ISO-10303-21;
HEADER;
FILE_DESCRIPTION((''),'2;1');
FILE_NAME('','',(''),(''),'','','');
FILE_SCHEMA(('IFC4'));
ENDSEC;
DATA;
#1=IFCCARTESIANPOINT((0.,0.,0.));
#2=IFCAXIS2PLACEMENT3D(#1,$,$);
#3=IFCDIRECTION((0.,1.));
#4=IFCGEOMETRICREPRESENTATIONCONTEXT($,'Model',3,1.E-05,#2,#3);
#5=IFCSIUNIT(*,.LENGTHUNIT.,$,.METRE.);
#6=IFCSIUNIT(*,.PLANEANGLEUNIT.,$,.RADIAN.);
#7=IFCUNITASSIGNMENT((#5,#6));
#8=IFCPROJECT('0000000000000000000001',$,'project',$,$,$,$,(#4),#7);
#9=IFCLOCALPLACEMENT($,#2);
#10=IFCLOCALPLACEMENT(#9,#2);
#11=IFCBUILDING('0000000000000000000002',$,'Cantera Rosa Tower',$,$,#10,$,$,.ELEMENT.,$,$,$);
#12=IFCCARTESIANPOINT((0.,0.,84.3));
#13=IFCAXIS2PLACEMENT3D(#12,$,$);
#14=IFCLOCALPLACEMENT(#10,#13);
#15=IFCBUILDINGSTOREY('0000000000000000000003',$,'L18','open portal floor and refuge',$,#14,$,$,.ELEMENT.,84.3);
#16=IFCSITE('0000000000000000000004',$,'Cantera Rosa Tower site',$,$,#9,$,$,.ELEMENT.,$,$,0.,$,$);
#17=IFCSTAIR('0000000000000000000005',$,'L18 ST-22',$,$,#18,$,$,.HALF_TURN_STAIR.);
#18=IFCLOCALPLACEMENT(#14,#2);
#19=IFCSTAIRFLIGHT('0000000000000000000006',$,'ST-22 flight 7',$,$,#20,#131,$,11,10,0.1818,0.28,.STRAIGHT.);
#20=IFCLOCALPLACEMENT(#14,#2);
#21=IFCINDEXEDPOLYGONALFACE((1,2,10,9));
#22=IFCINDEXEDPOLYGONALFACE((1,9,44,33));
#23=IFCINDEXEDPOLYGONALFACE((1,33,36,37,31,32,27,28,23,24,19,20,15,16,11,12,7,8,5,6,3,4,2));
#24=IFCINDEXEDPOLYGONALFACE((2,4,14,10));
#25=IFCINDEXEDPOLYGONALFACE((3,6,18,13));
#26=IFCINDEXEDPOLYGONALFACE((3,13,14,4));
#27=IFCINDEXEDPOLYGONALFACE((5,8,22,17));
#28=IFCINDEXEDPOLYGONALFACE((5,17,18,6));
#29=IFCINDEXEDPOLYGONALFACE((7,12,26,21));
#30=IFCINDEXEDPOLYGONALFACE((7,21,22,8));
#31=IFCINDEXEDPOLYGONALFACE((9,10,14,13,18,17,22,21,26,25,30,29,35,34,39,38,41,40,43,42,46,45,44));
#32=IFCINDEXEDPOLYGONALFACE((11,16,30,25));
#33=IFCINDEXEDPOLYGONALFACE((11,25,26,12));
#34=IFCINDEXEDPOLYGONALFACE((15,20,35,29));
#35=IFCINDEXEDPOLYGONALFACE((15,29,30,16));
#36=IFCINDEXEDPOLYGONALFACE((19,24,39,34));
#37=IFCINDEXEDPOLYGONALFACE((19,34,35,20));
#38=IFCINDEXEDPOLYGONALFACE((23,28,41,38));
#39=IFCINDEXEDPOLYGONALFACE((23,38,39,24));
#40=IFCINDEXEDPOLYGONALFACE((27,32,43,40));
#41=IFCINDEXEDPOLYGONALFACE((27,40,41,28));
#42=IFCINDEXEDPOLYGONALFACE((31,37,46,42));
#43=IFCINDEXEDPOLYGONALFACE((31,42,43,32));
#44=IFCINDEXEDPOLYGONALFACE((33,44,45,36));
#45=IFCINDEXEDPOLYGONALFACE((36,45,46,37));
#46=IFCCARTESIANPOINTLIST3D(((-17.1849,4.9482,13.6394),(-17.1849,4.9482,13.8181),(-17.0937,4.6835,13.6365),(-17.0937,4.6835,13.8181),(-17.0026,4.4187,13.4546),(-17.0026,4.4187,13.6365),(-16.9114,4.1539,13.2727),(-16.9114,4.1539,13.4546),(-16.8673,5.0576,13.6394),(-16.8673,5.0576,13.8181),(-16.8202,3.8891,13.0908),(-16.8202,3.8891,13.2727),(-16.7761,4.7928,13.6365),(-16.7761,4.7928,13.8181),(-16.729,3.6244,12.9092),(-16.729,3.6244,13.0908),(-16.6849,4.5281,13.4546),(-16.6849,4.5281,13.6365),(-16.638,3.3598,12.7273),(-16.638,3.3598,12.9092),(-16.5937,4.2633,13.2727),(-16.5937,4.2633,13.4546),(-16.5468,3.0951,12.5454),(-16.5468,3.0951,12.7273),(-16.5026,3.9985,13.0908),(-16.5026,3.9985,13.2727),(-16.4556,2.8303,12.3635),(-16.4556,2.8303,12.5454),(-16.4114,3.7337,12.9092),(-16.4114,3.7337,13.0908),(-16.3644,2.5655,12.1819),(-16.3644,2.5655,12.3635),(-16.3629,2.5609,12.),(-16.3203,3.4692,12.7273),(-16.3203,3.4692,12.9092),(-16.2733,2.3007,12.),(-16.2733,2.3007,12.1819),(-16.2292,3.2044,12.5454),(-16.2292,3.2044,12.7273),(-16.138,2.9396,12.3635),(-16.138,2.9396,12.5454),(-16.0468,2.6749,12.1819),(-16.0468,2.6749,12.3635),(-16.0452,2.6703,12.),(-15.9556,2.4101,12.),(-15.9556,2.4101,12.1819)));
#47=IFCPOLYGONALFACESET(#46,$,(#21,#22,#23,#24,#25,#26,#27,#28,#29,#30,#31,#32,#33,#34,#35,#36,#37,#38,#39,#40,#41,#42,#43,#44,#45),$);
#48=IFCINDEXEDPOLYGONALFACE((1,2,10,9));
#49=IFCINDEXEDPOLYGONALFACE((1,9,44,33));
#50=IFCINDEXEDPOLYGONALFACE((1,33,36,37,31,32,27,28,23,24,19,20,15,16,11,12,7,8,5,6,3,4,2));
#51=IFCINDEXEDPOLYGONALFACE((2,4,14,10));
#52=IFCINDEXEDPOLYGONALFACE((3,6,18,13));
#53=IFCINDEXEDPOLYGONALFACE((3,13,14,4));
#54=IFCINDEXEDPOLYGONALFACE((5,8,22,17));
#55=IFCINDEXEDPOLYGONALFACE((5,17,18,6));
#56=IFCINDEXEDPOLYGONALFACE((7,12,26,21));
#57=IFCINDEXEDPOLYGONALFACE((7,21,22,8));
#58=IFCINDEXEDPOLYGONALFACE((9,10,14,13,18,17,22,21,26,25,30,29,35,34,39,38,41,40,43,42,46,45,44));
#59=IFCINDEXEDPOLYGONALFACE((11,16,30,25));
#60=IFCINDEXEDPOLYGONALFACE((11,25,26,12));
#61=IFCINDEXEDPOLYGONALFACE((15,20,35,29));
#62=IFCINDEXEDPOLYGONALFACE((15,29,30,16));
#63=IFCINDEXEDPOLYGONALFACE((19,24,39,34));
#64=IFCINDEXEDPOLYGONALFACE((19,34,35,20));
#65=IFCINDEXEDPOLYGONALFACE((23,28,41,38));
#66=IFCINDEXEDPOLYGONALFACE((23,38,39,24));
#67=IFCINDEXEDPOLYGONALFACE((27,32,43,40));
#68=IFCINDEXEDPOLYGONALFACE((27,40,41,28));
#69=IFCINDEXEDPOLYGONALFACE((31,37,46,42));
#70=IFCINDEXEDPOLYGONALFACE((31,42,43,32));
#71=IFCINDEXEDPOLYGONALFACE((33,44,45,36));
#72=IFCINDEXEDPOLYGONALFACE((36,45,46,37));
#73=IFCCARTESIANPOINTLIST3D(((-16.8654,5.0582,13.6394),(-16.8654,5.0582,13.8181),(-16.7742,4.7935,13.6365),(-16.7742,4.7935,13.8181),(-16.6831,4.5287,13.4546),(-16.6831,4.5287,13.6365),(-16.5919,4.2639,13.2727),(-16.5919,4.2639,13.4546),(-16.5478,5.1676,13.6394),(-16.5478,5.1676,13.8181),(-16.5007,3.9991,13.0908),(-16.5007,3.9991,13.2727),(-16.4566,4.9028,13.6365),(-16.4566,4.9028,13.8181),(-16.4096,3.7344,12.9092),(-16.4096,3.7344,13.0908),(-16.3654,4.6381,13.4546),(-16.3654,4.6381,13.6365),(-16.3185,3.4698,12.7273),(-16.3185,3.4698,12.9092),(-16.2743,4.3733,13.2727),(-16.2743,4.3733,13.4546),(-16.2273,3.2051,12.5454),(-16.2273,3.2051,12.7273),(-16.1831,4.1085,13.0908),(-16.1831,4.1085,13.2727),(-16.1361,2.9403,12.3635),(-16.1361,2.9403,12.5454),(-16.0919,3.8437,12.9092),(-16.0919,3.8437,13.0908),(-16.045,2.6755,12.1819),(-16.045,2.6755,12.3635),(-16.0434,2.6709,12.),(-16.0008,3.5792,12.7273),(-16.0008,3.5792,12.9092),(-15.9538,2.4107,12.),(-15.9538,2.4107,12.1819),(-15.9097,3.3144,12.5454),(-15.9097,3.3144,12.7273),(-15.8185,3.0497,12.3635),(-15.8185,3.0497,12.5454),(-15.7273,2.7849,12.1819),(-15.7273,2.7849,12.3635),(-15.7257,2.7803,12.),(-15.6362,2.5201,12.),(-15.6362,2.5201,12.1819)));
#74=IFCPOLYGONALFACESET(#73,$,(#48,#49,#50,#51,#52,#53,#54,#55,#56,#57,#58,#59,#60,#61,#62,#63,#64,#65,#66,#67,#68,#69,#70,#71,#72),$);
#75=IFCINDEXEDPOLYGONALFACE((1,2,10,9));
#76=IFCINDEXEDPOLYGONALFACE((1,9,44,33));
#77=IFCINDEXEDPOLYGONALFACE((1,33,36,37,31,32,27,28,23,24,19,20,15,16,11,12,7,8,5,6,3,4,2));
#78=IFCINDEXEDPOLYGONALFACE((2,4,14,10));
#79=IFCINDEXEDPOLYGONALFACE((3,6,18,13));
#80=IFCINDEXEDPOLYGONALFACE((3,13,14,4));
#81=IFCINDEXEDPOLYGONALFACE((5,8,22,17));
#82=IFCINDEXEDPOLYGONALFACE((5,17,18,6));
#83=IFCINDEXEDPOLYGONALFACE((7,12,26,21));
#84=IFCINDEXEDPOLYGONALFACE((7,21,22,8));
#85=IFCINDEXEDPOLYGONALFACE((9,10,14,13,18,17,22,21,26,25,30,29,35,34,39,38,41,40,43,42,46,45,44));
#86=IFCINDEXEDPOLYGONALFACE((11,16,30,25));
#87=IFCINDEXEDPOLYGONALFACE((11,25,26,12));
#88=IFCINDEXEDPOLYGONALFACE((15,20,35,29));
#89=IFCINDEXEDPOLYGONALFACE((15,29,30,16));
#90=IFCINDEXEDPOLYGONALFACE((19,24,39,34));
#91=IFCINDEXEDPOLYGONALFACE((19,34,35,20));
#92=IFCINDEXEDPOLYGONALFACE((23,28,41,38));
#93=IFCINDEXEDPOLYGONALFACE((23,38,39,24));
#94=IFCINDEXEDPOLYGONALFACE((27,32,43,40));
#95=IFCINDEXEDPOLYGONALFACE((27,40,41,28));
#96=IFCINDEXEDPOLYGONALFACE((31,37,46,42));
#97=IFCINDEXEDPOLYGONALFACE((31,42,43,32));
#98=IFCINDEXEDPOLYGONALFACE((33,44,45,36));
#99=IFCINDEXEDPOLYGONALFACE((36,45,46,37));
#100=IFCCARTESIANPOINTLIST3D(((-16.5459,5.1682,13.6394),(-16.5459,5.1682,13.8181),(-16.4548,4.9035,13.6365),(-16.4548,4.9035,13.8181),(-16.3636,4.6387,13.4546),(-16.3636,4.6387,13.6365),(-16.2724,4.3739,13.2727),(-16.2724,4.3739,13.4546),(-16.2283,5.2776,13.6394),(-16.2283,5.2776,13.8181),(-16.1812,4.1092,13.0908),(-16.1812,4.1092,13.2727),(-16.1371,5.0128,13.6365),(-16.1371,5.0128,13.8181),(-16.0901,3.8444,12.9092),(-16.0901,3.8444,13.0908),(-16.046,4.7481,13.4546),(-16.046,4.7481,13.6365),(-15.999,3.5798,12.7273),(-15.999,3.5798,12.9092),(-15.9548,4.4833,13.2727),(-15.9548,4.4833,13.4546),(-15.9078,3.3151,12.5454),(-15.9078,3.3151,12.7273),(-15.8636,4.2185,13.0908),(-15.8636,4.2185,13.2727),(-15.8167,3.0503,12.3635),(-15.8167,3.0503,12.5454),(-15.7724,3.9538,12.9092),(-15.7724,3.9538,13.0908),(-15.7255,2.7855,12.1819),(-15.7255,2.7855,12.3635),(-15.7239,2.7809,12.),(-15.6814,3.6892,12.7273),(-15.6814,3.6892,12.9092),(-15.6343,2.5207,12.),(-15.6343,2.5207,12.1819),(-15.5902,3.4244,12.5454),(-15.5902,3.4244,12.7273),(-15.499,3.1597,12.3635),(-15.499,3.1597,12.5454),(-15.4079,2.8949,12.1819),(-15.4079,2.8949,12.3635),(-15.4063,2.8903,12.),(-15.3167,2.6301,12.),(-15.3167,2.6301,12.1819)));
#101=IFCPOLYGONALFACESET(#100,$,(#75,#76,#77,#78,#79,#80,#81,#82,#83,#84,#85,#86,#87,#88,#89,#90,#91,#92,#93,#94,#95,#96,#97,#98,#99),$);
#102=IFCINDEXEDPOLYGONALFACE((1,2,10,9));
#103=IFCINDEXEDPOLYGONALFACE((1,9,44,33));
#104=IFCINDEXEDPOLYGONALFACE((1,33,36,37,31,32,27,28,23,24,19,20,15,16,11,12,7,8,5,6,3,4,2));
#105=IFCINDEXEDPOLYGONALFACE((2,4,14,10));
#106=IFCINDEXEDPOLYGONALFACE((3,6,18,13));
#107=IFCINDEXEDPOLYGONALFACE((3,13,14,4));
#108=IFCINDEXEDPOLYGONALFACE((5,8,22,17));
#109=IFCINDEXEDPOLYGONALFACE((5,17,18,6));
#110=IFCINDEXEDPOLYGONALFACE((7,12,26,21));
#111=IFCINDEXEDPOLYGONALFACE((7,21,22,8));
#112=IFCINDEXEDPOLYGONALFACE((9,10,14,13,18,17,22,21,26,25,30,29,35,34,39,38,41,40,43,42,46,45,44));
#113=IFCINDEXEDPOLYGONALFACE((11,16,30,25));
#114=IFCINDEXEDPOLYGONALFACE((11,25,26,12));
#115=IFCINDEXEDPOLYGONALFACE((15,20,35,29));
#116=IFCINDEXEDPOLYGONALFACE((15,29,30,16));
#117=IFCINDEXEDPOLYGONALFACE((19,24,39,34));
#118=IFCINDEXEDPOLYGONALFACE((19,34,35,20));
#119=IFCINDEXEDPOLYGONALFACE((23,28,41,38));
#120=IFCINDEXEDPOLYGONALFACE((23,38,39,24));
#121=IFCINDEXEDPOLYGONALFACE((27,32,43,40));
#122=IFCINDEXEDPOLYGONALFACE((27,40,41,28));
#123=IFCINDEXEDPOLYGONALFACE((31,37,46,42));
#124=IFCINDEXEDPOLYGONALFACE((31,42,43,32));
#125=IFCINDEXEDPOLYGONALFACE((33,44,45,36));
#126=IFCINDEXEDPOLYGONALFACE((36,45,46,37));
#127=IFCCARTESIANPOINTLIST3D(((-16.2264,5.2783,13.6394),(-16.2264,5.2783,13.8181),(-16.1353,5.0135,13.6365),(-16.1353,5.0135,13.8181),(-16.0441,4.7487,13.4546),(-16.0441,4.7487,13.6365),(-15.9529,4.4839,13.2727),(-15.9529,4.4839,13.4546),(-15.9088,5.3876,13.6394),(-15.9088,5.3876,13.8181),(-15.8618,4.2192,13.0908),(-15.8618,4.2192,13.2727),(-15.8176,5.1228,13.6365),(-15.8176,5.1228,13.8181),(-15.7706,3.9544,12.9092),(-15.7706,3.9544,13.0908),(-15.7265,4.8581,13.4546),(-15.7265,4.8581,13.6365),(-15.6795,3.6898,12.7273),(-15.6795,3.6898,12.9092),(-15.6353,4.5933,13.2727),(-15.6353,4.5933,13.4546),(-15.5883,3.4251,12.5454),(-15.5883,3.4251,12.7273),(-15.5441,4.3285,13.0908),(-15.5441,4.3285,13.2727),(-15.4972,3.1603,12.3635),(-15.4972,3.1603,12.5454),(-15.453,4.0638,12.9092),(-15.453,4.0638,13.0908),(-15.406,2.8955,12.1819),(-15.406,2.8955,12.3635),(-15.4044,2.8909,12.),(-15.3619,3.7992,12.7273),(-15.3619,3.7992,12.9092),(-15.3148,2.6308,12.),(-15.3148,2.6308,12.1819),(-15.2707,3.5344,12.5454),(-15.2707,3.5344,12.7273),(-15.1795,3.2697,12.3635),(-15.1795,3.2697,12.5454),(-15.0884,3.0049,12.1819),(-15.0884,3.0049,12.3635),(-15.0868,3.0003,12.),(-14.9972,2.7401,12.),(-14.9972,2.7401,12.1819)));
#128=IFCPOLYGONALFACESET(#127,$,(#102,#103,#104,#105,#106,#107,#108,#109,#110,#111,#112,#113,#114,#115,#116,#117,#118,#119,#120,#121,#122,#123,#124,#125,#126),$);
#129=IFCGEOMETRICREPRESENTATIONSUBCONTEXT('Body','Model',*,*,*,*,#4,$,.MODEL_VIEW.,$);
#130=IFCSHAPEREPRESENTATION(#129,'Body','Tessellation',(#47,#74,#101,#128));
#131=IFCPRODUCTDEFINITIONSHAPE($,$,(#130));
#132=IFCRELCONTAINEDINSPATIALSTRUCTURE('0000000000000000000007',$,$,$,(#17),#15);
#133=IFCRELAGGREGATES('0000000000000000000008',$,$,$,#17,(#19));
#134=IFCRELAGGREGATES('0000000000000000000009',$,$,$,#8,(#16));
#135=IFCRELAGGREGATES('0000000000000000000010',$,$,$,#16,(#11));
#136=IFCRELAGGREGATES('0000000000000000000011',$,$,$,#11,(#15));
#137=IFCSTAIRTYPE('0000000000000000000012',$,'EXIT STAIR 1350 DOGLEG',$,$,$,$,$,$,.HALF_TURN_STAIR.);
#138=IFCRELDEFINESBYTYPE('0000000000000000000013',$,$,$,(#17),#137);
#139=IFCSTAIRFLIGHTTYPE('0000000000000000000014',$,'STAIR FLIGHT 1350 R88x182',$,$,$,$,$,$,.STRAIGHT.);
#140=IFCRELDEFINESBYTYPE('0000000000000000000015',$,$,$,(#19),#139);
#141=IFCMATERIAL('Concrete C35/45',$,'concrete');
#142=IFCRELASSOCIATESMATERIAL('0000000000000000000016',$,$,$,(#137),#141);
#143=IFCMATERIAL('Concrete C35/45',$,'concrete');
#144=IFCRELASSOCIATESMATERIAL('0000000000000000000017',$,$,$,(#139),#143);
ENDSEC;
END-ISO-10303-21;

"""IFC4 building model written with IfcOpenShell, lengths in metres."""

from ifc_helpers import new_model, si_unit, direction, frame, origin, place, context, subcontext, project, spatial, polyline, outline, extrude, material, type_object, element, aggregate, save


model = new_model("IFC4")

# Units and contexts
model_context = context("Model", 3, precision=1e-05, world=origin(), true_north=direction((0.0, 1.0)))
body_context = subcontext(model_context, "Body", "Model", "MODEL_VIEW")
ifc_project = project(units=[si_unit("LENGTHUNIT", "METRE"), si_unit("PLANEANGLEUNIT", "RADIAN")], contexts=[model_context])

# Site, building, storey
site_placement = place(None, origin())
site = spatial("IfcSite", under=ifc_project, at=site_placement, Name="Cantera Rosa Tower site", CompositionType="ELEMENT", RefElevation=0.0)
building_placement = place(site_placement, origin())
building = spatial("IfcBuilding", under=site, at=building_placement, Name="Cantera Rosa Tower", CompositionType="ELEMENT")
storey_placement = place(building_placement, frame((0.0, 0.0, 84.3)))
storey = spatial("IfcBuildingStorey", under=building, at=storey_placement, Name="L18", Description="open portal floor and refuge", CompositionType="ELEMENT", Elevation=84.3)

# Stair
ifc_material_1 = material(Name="Concrete C35/45", Category="concrete")
stair_type = type_object("IfcStairType", Name="EXIT STAIR 1350 DOGLEG", PredefinedType="HALF_TURN_STAIR", material=ifc_material_1)
stair_placement = place(storey_placement, origin())
stair = element("IfcStair", 1, at=stair_placement, inside=storey, type_object=stair_type, Name="L18 ST-22", PredefinedType="HALF_TURN_STAIR")

# Stair flight
ifc_material_2 = material(Name="Concrete C35/45", Category="concrete")
stair_flight_type = type_object("IfcStairFlightType", Name="STAIR FLIGHT 1350 R88x182", PredefinedType="STRAIGHT", material=ifc_material_2)
stair_flight_1_placement = place(storey_placement, frame((-15.635, 2.5205, 12.0), z_axis=(0.0, 0.0, 1.0), x_axis=(-0.325568, 0.945519, 0.0)))
stair_flight_1 = element("IfcStairFlight", 2, at=stair_flight_1_placement, type_object=stair_flight_type, Name="ST-22 flight 7", NumberOfRisers=11, NumberOfTreads=10, PredefinedType="STRAIGHT", RiserHeight=0.1818, TreadLength=0.28, context=body_context, shape_type="SweptSolid", body=[
    extrude(outline(polyline([(0.0, 0.0), (0.0, 0.1819), (0.28, 0.1819), (0.28, 0.3635), (0.5601, 0.3635), (0.5601, 0.5454), (0.8401, 0.5454), (0.8401, 0.7273), (1.1201, 0.7273), (1.1201, 0.9092), (1.3999, 0.9092), (1.3999, 1.0908), (1.6799, 1.0908), (1.6799, 1.2727), (1.96, 1.2727), (1.96, 1.4546), (2.24, 1.4546), (2.24, 1.6365), (2.52, 1.6365), (2.52, 1.8181), (2.8, 1.8181), (2.8, 2.0), (2.8, 1.6394), (0.2751, 0.0), (0.0, 0.0)])), frame((0.0, 0.675, 0.0), z_axis=(0.0, -1.0, 0.0), x_axis=(1.0, 0.0, 0.0)), (0.0, 0.0, 1.0), 0.3359),
    extrude(outline(polyline([(0.0, 0.0), (0.0, 0.1819), (0.28, 0.1819), (0.28, 0.3635), (0.5601, 0.3635), (0.5601, 0.5454), (0.8401, 0.5454), (0.8401, 0.7273), (1.1201, 0.7273), (1.1201, 0.9092), (1.3999, 0.9092), (1.3999, 1.0908), (1.6799, 1.0908), (1.6799, 1.2727), (1.96, 1.2727), (1.96, 1.4546), (2.24, 1.4546), (2.24, 1.6365), (2.52, 1.6365), (2.52, 1.8181), (2.8, 1.8181), (2.8, 2.0), (2.8, 1.6394), (0.2751, 0.0), (0.0, 0.0)])), frame((0.0, 0.3372, 0.0), z_axis=(0.0, -1.0, 0.0), x_axis=(1.0, 0.0, 0.0)), (0.0, 0.0, 1.0), 0.3359),
    extrude(outline(polyline([(0.0, 0.0), (0.0, 0.1819), (0.28, 0.1819), (0.28, 0.3635), (0.5601, 0.3635), (0.5601, 0.5454), (0.8401, 0.5454), (0.8401, 0.7273), (1.1201, 0.7273), (1.1201, 0.9092), (1.3999, 0.9092), (1.3999, 1.0908), (1.6799, 1.0908), (1.6799, 1.2727), (1.96, 1.2727), (1.96, 1.4546), (2.24, 1.4546), (2.24, 1.6365), (2.52, 1.6365), (2.52, 1.8181), (2.8, 1.8181), (2.8, 2.0), (2.8, 1.6394), (0.2751, 0.0), (0.0, 0.0)])), frame((0.0, -0.0007, 0.0), z_axis=(0.0, -1.0, 0.0), x_axis=(1.0, 0.0, 0.0)), (0.0, 0.0, 1.0), 0.3359),
    extrude(outline(polyline([(0.0, 0.0), (0.0, 0.1819), (0.28, 0.1819), (0.28, 0.3635), (0.5601, 0.3635), (0.5601, 0.5454), (0.8401, 0.5454), (0.8401, 0.7273), (1.1201, 0.7273), (1.1201, 0.9092), (1.3999, 0.9092), (1.3999, 1.0908), (1.6799, 1.0908), (1.6799, 1.2727), (1.96, 1.2727), (1.96, 1.4546), (2.24, 1.4546), (2.24, 1.6365), (2.52, 1.6365), (2.52, 1.8181), (2.8, 1.8181), (2.8, 2.0), (2.8, 1.6394), (0.2751, 0.0), (0.0, 0.0)])), frame((0.0, -0.3386, 0.0), z_axis=(0.0, -1.0, 0.0), x_axis=(1.0, 0.0, 0.0)), (0.0, 0.0, 1.0), 0.3359),
])
aggregate(stair, [stair_flight_1])

save(model, "model.ifc")
